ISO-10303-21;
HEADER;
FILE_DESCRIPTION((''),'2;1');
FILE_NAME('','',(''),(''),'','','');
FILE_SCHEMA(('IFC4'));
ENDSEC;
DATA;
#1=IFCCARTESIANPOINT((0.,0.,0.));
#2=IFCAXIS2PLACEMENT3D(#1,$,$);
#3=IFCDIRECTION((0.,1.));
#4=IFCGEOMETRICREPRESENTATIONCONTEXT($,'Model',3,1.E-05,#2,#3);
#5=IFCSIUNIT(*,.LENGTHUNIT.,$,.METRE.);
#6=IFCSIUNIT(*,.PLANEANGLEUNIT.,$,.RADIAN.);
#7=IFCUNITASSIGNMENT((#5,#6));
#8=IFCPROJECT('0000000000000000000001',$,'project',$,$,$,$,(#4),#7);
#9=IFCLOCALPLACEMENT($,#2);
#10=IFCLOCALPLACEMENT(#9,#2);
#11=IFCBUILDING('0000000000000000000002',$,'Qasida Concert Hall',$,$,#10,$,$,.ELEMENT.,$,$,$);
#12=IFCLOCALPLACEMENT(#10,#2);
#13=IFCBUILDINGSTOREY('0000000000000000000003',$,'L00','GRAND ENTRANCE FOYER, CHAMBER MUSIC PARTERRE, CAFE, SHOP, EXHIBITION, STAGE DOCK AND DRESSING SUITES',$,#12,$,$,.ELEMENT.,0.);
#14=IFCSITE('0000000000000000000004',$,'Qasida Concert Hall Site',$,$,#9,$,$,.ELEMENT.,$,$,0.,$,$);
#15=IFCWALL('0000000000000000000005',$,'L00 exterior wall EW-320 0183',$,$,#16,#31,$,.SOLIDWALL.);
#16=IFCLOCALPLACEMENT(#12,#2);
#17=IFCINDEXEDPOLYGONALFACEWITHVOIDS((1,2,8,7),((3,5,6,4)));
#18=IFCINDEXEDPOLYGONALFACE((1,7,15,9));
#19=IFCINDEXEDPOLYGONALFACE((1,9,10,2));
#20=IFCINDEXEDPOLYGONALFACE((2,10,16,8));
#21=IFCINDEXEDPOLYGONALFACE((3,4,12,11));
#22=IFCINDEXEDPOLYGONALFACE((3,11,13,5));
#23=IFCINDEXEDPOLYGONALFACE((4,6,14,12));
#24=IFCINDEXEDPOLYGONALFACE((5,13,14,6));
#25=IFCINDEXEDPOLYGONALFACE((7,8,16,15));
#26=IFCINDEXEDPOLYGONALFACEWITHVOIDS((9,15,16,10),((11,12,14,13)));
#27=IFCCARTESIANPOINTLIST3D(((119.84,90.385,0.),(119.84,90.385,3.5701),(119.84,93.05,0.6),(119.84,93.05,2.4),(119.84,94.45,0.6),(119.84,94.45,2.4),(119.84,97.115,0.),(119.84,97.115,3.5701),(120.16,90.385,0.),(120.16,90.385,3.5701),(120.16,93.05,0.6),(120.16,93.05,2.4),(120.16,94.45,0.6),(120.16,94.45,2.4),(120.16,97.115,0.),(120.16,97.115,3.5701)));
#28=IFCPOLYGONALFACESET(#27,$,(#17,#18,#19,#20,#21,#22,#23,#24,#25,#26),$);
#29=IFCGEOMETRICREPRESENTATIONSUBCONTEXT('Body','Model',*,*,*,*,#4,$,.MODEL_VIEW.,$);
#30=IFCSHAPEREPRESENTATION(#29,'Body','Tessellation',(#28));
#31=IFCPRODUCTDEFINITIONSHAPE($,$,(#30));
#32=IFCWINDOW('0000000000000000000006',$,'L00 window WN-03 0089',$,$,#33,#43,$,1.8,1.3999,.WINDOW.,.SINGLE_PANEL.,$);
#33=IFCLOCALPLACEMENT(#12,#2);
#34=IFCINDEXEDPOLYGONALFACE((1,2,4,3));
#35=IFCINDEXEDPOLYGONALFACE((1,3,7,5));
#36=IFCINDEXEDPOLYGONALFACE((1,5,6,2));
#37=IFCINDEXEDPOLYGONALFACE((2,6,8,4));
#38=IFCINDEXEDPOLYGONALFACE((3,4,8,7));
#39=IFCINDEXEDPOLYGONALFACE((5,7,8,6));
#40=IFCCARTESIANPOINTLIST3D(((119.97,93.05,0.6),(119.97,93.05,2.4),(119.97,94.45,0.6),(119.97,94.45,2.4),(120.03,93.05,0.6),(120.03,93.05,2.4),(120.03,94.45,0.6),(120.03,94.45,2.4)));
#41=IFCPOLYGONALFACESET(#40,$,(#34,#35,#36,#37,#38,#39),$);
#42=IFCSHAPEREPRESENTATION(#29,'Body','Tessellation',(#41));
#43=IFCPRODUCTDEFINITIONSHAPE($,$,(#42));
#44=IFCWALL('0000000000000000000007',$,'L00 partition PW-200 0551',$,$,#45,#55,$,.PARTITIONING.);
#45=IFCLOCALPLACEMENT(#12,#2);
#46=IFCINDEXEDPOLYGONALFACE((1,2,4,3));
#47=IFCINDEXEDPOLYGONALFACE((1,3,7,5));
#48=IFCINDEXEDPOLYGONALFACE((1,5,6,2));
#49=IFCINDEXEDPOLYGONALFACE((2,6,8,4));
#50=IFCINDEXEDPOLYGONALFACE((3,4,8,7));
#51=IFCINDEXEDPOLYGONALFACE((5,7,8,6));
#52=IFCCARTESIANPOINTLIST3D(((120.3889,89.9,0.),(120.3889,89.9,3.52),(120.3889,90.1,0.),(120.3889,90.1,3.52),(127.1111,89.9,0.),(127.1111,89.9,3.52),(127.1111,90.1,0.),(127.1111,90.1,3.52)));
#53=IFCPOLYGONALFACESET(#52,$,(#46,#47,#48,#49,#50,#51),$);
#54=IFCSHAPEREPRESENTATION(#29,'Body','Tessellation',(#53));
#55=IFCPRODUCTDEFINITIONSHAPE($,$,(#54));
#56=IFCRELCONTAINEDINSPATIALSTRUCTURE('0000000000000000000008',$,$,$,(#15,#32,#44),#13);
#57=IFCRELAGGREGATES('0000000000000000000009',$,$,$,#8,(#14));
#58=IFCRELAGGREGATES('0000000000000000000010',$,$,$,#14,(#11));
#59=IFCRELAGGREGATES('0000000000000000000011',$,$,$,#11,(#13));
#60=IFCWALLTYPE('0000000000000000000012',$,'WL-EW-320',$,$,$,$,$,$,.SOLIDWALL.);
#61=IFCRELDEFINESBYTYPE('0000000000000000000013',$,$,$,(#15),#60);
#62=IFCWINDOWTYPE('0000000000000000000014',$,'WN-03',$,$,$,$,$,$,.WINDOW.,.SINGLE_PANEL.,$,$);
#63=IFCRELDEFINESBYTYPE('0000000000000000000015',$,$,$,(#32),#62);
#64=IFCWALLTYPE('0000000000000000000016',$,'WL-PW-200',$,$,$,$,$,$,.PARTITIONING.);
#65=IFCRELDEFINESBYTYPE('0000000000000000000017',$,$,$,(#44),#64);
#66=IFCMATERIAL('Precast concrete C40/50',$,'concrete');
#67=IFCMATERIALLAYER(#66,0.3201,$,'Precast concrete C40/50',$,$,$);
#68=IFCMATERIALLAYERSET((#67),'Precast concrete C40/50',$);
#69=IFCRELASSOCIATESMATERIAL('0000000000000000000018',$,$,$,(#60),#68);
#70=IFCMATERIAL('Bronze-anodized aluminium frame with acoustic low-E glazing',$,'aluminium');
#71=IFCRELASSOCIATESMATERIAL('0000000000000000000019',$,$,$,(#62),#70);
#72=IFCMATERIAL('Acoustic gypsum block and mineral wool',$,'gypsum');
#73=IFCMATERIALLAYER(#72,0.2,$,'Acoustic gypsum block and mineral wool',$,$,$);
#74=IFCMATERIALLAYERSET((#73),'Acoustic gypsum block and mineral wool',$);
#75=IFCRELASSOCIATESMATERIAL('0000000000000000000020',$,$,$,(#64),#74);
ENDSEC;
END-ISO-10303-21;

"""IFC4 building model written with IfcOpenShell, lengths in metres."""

from ifc_helpers import new_model, si_unit, direction, frame, frame_2d, origin, place, context, subcontext, project, spatial, rectangle, extrude, material, layer, layer_set, type_object, element, fill, save


model = new_model("IFC4")

# Units and contexts
model_context = context("Model", 3, precision=1e-05, world=origin(), true_north=direction((0.0, 1.0)))
body_context = subcontext(model_context, "Body", "Model", "MODEL_VIEW")
ifc_project = project(units=[si_unit("LENGTHUNIT", "METRE"), si_unit("PLANEANGLEUNIT", "RADIAN")], contexts=[model_context])

# Site, building, storey
site_placement = place(None, origin())
site = spatial("IfcSite", under=ifc_project, at=site_placement, Name="Qasida Concert Hall Site", CompositionType="ELEMENT", RefElevation=0.0)
building_placement = place(site_placement, origin())
building = spatial("IfcBuilding", under=site, at=building_placement, Name="Qasida Concert Hall", CompositionType="ELEMENT")
storey_placement = place(building_placement, origin())
storey = spatial("IfcBuildingStorey", under=building, at=storey_placement, Name="L00", Description="GRAND ENTRANCE FOYER, CHAMBER MUSIC PARTERRE, CAFE, SHOP, EXHIBITION, STAGE DOCK AND DRESSING SUITES", CompositionType="ELEMENT", Elevation=0.0)

# Wall, opening, window
ifc_material_1 = material(Name="Precast concrete C40/50", Category="concrete")
ifc_layer_1 = layer(ifc_material_1, 0.3201, Name="Precast concrete C40/50")
ifc_layer_set_1 = layer_set([ifc_layer_1], Name="Precast concrete C40/50")
wall_type_1 = type_object("IfcWallType", Name="WL-EW-320", PredefinedType="SOLIDWALL", material=ifc_layer_set_1)
wall_1_placement = place(storey_placement, frame((120.0, 90.385, 0.0), z_axis=(0.0, 0.0, 1.0), x_axis=(0.0, 1.0, 0.0)))
wall_1 = element("IfcWall", 1, at=wall_1_placement, inside=storey, type_object=wall_type_1, Name="L00 exterior wall EW-320 0183", PredefinedType="SOLIDWALL", context=body_context, shape_type="SweptSolid", body=[
    extrude(rectangle(XDim=6.73, YDim=0.3201, at=frame_2d((3.365, 0.0))), origin(), (0.0, 0.0, 1.0), 3.5701),
])
opening_placement = place(wall_1_placement, frame((2.665, 0.0, 0.6001)))
opening = element("IfcOpeningElement", 2, at=opening_placement, cuts=wall_1, PredefinedType="OPENING", context=body_context, shape_type="SweptSolid", body=[
    extrude(rectangle(XDim=1.3999, YDim=1.8, at=frame_2d((0.7, 0.8999))), frame((0.0, 0.1699, 0.0), z_axis=(0.0, -1.0, 0.0), x_axis=(1.0, 0.0, 0.0)), (0.0, 0.0, 1.0), 0.3401),
])
ifc_material_2 = material(Name="Bronze-anodized aluminium frame with acoustic low-E glazing", Category="aluminium")
window_type = type_object("IfcWindowType", Name="WN-03", PartitioningType="SINGLE_PANEL", PredefinedType="WINDOW", material=ifc_material_2)
window_placement = place(opening_placement, origin())
window = element("IfcWindow", 3, at=window_placement, inside=storey, type_object=window_type, Name="L00 window WN-03 0089", OverallHeight=1.8, OverallWidth=1.3999, PartitioningType="SINGLE_PANEL", PredefinedType="WINDOW", context=body_context, shape_type="SweptSolid", body=[
    extrude(rectangle(XDim=1.3999, YDim=1.8, at=frame_2d((0.7, 0.8999))), frame((0.0, 0.03, 0.0), z_axis=(0.0, -1.0, 0.0), x_axis=(1.0, 0.0, 0.0)), (0.0, 0.0, 1.0), 0.0601),
])
fill(opening, window)

# Wall
ifc_material_3 = material(Name="Acoustic gypsum block and mineral wool", Category="gypsum")
ifc_layer_2 = layer(ifc_material_3, 0.2, Name="Acoustic gypsum block and mineral wool")
ifc_layer_set_2 = layer_set([ifc_layer_2], Name="Acoustic gypsum block and mineral wool")
wall_type_2 = type_object("IfcWallType", Name="WL-PW-200", PredefinedType="PARTITIONING", material=ifc_layer_set_2)
wall_2_placement = place(storey_placement, frame((120.3889, 90.0, 0.0), z_axis=(0.0, 0.0, 1.0), x_axis=(1.0, 0.0, 0.0)))
element("IfcWall", 4, at=wall_2_placement, inside=storey, type_object=wall_type_2, Name="L00 partition PW-200 0551", PredefinedType="PARTITIONING", context=body_context, shape_type="SweptSolid", body=[
    extrude(rectangle(XDim=6.7222, YDim=0.2, at=frame_2d((3.3611, 0.0))), origin(), (0.0, 0.0, 1.0), 3.52),
])

save(model, "model.ifc")
